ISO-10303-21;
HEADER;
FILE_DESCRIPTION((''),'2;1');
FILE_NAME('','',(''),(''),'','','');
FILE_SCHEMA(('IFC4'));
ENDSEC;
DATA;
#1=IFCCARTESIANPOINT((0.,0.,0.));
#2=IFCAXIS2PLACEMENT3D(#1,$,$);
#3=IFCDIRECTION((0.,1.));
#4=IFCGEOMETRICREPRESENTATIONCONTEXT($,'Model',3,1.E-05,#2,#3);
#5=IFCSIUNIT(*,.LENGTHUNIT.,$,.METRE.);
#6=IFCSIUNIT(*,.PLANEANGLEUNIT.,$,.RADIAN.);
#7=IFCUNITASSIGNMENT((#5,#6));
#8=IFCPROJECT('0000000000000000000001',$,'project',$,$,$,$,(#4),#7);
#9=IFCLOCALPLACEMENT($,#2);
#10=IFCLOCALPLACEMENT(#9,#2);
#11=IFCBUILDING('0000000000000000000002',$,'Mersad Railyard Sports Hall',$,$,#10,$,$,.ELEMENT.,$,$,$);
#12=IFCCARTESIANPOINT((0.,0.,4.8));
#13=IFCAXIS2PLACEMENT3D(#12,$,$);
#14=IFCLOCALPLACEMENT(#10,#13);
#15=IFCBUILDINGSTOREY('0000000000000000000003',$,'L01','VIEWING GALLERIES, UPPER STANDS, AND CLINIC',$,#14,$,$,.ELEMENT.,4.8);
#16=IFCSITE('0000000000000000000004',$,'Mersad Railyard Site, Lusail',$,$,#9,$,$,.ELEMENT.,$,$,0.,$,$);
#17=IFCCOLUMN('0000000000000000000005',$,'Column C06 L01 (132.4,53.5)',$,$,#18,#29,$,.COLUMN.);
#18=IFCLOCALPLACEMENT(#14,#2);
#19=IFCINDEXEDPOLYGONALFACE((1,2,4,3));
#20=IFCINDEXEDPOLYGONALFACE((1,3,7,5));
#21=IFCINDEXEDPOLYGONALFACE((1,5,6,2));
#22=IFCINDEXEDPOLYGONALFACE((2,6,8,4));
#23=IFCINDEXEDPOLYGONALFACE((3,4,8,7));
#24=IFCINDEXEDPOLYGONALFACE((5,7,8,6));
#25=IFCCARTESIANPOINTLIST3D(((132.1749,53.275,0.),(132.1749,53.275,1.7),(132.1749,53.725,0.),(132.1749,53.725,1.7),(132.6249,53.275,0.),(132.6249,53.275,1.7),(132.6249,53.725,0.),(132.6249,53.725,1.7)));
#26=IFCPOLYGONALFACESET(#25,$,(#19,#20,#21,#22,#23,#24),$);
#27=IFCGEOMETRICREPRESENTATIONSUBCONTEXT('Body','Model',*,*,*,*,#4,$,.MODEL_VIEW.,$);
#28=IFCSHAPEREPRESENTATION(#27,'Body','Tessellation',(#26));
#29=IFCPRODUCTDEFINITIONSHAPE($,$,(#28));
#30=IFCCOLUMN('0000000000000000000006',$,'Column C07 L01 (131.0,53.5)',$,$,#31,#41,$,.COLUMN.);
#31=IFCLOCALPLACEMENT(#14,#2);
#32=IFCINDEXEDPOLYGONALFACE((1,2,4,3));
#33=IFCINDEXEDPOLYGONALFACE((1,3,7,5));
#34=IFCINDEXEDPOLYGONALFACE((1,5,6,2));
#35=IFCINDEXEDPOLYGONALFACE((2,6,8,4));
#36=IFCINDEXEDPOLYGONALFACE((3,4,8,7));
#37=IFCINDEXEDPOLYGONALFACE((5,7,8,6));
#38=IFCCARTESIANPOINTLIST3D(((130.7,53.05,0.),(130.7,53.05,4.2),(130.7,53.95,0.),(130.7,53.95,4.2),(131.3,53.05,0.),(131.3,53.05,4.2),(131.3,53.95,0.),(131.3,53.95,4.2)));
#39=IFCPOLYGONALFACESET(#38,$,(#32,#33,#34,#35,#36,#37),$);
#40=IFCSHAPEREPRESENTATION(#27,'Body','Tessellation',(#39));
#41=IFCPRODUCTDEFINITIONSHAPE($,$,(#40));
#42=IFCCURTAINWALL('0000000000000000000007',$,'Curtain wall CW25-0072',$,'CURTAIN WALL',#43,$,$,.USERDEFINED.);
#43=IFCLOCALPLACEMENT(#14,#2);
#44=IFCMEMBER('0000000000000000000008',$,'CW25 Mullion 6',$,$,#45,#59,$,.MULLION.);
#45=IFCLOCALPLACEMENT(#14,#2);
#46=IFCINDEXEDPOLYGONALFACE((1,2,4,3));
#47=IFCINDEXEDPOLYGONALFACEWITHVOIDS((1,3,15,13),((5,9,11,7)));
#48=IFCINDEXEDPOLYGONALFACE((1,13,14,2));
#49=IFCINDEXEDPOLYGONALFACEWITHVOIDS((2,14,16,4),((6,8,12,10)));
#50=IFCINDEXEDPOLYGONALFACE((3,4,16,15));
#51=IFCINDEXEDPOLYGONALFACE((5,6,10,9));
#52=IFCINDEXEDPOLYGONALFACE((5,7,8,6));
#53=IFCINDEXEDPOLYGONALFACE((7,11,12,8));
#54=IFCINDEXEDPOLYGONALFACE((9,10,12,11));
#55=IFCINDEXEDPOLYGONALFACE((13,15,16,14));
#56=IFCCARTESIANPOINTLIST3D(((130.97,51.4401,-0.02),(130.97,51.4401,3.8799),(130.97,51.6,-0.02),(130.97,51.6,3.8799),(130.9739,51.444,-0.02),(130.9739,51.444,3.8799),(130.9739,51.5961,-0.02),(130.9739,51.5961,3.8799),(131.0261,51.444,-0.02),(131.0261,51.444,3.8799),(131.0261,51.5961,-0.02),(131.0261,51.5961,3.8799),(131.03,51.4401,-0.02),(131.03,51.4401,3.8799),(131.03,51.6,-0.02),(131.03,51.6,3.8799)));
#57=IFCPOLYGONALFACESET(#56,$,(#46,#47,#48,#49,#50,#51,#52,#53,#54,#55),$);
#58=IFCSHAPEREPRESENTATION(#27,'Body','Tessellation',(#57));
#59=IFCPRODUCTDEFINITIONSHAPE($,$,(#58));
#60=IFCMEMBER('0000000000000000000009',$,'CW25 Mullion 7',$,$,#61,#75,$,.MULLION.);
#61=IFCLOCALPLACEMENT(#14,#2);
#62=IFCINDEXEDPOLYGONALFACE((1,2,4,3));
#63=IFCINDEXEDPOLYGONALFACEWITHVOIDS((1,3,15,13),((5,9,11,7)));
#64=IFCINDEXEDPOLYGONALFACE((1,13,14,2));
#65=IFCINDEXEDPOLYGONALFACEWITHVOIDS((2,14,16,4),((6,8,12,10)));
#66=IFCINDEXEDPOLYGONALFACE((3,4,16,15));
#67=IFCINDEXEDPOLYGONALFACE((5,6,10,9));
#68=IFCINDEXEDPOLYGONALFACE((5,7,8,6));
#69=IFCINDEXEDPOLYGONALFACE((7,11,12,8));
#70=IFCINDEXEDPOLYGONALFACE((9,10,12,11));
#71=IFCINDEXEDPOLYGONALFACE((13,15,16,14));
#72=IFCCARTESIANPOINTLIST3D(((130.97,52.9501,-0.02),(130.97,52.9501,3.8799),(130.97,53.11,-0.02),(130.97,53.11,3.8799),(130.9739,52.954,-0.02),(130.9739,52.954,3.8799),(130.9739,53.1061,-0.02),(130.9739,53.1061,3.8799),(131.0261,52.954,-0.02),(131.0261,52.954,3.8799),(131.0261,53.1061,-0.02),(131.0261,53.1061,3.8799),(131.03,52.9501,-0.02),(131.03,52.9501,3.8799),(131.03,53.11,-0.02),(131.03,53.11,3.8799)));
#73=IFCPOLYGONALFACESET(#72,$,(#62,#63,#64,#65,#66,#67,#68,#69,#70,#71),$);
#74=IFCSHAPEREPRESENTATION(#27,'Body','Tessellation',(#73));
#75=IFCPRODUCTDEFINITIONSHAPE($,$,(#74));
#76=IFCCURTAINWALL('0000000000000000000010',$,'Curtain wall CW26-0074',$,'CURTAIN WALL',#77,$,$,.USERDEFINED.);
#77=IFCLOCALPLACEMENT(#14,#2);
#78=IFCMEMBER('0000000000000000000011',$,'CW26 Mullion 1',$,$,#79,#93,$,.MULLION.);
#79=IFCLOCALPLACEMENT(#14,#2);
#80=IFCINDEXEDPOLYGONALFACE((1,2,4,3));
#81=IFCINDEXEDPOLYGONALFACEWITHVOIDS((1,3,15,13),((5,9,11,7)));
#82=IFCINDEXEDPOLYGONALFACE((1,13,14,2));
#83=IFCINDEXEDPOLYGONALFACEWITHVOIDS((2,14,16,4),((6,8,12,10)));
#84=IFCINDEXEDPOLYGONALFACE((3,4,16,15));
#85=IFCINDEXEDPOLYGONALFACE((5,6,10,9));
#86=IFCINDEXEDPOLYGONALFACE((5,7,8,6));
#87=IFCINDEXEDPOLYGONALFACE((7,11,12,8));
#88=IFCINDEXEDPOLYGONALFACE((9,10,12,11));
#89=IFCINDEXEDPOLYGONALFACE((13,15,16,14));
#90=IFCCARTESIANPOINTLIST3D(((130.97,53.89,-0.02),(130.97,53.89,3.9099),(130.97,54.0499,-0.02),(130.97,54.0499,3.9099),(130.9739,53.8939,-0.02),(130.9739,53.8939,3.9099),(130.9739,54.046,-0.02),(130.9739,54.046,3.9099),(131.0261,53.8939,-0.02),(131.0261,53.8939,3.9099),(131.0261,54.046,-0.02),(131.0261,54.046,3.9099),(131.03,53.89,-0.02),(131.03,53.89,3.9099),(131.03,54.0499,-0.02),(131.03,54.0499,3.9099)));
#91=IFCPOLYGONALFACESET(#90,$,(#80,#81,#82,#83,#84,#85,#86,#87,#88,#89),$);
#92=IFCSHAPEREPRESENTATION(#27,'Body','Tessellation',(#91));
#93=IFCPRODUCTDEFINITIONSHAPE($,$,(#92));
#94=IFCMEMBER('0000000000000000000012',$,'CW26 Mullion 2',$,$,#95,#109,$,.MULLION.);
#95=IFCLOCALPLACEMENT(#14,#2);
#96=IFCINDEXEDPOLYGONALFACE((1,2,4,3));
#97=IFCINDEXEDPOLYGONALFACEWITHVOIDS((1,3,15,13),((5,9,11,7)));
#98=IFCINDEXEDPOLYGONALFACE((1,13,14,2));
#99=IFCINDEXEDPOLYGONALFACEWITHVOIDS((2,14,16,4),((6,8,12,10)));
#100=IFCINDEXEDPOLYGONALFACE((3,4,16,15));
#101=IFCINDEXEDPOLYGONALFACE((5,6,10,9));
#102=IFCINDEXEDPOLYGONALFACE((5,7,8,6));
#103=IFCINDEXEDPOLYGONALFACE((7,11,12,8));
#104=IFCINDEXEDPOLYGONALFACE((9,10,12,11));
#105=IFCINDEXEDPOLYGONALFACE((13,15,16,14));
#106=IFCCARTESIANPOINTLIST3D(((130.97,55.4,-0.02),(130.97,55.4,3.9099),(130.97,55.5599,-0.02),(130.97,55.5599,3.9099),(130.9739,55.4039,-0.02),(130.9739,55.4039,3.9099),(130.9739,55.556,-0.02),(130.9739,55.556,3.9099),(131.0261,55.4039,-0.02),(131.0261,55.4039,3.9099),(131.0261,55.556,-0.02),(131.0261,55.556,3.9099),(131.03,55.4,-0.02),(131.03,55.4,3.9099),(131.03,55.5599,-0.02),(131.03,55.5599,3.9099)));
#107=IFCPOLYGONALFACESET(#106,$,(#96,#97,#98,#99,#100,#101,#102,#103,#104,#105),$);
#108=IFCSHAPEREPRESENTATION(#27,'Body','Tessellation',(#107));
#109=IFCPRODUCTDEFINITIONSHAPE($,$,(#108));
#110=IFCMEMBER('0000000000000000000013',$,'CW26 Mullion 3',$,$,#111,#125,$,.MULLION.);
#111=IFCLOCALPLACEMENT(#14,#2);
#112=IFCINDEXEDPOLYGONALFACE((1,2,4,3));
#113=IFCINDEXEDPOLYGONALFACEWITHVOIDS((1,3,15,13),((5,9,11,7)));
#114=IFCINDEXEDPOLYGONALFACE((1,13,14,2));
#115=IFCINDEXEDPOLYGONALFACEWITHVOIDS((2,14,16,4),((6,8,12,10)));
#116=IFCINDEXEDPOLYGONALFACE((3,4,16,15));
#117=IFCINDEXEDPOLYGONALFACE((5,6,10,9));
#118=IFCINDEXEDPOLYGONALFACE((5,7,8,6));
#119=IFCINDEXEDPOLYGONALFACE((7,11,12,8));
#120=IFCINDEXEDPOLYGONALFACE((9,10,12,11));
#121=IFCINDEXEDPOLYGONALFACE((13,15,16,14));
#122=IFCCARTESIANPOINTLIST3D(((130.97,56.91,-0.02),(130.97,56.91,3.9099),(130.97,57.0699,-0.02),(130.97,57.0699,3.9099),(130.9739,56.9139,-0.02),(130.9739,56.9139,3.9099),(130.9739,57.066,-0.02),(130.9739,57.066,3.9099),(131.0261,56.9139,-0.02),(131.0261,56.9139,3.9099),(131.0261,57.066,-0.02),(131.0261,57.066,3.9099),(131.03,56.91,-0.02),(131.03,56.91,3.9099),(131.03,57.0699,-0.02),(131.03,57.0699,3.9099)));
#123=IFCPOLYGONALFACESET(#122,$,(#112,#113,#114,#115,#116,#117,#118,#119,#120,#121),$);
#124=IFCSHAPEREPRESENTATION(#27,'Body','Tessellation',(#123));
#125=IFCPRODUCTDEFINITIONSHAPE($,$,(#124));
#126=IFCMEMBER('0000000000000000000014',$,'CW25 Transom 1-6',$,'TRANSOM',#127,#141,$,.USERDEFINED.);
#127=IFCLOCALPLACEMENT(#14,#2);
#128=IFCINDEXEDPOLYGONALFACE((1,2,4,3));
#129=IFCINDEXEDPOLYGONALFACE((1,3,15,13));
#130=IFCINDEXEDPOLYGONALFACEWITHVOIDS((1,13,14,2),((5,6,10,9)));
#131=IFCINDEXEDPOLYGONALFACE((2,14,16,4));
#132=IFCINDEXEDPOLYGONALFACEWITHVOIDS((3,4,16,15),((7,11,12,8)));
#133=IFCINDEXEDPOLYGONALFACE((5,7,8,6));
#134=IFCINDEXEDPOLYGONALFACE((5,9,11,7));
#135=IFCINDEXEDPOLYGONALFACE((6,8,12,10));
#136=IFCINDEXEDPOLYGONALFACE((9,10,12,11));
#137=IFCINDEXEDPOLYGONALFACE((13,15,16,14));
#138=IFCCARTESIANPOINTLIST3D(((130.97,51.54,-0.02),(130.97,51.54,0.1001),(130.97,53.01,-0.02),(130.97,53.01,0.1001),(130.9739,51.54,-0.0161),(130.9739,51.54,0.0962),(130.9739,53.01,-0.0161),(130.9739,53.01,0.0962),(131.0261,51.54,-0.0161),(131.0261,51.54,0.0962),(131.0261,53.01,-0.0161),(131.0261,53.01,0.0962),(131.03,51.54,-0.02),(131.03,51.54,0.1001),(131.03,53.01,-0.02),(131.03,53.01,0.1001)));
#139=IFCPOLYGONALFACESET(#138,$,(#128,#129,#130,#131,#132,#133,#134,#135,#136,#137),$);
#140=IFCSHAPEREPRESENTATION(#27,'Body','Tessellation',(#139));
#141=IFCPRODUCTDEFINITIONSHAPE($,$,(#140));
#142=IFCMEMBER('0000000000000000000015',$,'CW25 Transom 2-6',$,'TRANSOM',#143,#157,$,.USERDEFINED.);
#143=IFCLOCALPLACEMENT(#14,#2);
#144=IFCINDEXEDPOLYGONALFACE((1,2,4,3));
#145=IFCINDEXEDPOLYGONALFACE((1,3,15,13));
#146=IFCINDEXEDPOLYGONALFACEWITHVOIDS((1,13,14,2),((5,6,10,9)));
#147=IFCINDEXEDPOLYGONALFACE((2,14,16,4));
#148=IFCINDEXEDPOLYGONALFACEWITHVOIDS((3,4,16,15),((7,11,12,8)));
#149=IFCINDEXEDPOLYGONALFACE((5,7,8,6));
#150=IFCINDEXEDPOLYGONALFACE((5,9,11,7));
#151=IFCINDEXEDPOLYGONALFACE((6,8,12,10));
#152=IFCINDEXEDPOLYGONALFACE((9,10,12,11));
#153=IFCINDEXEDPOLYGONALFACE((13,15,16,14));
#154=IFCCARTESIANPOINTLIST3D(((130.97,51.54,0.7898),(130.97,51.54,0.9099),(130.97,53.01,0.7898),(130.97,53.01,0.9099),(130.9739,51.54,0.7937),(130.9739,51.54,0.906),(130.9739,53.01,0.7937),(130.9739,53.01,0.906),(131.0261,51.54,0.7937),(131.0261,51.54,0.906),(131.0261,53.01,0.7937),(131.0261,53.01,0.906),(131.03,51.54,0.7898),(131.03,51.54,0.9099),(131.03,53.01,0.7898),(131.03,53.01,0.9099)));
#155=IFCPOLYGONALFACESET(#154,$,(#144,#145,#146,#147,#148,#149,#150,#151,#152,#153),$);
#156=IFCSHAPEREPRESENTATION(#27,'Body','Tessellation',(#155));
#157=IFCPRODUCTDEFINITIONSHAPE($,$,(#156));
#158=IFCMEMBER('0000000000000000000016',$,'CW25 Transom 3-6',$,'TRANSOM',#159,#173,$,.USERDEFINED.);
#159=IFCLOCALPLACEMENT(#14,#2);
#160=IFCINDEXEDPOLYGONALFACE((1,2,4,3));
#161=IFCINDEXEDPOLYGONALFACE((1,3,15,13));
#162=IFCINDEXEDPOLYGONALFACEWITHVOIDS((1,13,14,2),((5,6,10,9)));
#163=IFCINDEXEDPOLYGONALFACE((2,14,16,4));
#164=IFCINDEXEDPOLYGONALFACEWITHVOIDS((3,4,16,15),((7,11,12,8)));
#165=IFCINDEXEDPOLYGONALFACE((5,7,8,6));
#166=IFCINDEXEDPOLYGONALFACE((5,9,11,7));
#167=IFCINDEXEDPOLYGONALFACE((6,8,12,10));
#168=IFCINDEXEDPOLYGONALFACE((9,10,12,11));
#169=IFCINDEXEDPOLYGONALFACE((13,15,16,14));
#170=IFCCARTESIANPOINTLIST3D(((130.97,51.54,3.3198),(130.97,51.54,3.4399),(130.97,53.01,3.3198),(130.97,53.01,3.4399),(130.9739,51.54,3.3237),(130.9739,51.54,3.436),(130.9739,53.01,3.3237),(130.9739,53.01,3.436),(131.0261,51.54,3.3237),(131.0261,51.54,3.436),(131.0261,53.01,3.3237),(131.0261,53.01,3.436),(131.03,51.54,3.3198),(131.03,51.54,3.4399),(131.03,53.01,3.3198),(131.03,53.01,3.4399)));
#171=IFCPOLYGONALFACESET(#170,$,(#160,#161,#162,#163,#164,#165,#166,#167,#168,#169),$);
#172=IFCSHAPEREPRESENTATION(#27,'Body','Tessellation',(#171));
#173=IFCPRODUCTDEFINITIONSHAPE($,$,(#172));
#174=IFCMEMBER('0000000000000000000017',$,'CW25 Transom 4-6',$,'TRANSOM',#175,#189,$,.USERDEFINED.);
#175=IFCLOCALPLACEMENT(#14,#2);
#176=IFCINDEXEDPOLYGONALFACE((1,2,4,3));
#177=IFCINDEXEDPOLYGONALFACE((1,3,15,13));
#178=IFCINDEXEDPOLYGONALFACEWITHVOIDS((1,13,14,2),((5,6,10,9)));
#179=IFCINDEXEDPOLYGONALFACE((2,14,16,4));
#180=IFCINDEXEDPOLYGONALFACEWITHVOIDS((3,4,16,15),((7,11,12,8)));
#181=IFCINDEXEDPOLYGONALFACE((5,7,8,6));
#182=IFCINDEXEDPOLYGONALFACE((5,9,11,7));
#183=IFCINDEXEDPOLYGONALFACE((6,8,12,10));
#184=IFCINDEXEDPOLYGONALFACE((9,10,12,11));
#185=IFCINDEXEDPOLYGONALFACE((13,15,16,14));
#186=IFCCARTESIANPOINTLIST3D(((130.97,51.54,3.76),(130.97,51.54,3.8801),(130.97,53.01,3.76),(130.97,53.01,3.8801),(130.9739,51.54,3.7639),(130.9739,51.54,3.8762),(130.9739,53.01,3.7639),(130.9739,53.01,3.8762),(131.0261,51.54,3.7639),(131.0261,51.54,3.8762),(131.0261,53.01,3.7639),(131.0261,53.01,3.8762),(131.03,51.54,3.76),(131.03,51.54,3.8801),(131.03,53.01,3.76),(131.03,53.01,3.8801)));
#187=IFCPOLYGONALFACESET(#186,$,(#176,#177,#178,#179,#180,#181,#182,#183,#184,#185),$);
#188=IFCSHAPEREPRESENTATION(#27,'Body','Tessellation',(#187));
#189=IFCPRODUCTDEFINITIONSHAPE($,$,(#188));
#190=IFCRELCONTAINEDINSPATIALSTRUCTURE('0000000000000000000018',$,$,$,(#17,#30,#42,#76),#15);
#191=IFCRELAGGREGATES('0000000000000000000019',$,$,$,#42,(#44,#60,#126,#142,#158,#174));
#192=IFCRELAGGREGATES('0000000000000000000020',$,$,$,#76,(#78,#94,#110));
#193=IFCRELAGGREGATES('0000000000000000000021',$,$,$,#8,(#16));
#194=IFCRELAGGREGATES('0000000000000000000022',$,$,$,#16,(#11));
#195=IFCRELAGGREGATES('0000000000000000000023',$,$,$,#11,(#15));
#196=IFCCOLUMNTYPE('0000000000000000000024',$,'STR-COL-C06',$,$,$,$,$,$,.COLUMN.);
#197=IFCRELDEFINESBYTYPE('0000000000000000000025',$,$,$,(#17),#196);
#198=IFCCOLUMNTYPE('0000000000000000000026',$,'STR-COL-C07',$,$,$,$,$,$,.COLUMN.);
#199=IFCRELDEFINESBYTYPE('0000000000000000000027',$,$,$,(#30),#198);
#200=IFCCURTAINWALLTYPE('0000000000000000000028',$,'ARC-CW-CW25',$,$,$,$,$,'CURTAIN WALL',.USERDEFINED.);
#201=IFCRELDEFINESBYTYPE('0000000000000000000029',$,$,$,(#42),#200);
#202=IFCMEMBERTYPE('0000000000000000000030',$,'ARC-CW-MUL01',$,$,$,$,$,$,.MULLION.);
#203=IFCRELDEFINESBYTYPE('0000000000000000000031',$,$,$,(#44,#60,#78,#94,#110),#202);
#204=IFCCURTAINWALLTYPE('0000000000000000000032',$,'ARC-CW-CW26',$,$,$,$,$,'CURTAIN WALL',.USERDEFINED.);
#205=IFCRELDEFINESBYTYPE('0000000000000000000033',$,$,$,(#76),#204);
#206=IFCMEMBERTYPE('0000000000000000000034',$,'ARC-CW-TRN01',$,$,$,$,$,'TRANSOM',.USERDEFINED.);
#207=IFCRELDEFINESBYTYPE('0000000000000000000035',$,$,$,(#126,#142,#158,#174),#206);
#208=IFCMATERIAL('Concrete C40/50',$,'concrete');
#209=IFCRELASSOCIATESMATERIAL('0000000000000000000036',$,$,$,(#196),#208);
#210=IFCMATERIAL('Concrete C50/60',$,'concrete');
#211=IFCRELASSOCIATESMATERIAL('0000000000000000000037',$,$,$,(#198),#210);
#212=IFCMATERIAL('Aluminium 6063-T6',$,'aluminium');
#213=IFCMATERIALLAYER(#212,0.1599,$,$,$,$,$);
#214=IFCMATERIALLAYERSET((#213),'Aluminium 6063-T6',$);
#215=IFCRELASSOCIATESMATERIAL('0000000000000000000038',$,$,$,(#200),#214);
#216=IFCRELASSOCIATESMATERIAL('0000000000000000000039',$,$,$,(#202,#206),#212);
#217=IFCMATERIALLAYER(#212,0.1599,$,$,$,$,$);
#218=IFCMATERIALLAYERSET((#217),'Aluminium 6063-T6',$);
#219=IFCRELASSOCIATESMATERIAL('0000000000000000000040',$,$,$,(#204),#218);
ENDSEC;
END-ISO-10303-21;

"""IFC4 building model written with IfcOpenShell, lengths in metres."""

from ifc_helpers import new_model, si_unit, direction, frame, origin, origin_2d, place, context, subcontext, project, spatial, rectangle, hollow_rectangle, extrude, material, layer, layer_set, material_profile, profile_set, type_object, element, aggregate, save


model = new_model("IFC4")

# Units and contexts
model_context = context("Model", 3, precision=1e-05, world=origin(), true_north=direction((0.0, 1.0)))
body_context = subcontext(model_context, "Body", "Model", "MODEL_VIEW")
ifc_project = project(units=[si_unit("LENGTHUNIT", "METRE"), si_unit("PLANEANGLEUNIT", "RADIAN")], contexts=[model_context])

# Site, building, storey
site_placement = place(None, origin())
site = spatial("IfcSite", under=ifc_project, at=site_placement, Name="Mersad Railyard Site, Lusail", CompositionType="ELEMENT", RefElevation=0.0)
building_placement = place(site_placement, origin())
building = spatial("IfcBuilding", under=site, at=building_placement, Name="Mersad Railyard Sports Hall", CompositionType="ELEMENT")
storey_placement = place(building_placement, frame((0.0, 0.0, 4.8)))
storey = spatial("IfcBuildingStorey", under=building, at=storey_placement, Name="L01", Description="VIEWING GALLERIES, UPPER STANDS, AND CLINIC", CompositionType="ELEMENT", Elevation=4.8)

# Columns
ifc_material_1 = material(Name="Concrete C40/50", Category="concrete")
ifc_material_profile_1 = material_profile(ifc_material_1, rectangle(XDim=0.45, YDim=0.45, at=origin_2d()), Name="RC 450x450")
ifc_profile_set_1 = profile_set([ifc_material_profile_1], Name="Concrete C40/50")
column_type_1 = type_object("IfcColumnType", Name="STR-COL-C06", PredefinedType="COLUMN", material=ifc_profile_set_1)
column_1_placement = place(storey_placement, frame((132.3999, 53.5, 0.0), z_axis=(0.0, 0.0, 1.0), x_axis=(1.0, 0.0, 0.0)))
element("IfcColumn", 1, at=column_1_placement, inside=storey, type_object=column_type_1, Name="Column C06 L01 (132.4,53.5)", PredefinedType="COLUMN", context=body_context, shape_type="SweptSolid", body=[
    extrude(rectangle(XDim=0.45, YDim=0.45, at=origin_2d()), origin(), (0.0, 0.0, 1.0), 1.7),
])
ifc_material_2 = material(Name="Concrete C50/60", Category="concrete")
ifc_material_profile_2 = material_profile(ifc_material_2, rectangle(XDim=0.6001, YDim=0.8999, at=origin_2d()), Name="RC 600x900")
ifc_profile_set_2 = profile_set([ifc_material_profile_2], Name="Concrete C50/60")
column_type_2 = type_object("IfcColumnType", Name="STR-COL-C07", PredefinedType="COLUMN", material=ifc_profile_set_2)
column_2_placement = place(storey_placement, frame((131.0, 53.5, 0.0), z_axis=(0.0, 0.0, 1.0), x_axis=(1.0, 0.0, 0.0)))
element("IfcColumn", 2, at=column_2_placement, inside=storey, type_object=column_type_2, Name="Column C07 L01 (131.0,53.5)", PredefinedType="COLUMN", context=body_context, shape_type="SweptSolid", body=[
    extrude(rectangle(XDim=0.6001, YDim=0.8999, at=origin_2d()), origin(), (0.0, 0.0, 1.0), 4.2),
])

# Curtain walls, members
ifc_material_3 = material(Name="Aluminium 6063-T6", Category="aluminium")
ifc_layer_1 = layer(ifc_material_3, 0.1599)
ifc_layer_set_1 = layer_set([ifc_layer_1], Name="Aluminium 6063-T6")
curtain_wall_type_1 = type_object("IfcCurtainWallType", Name="ARC-CW-CW25", ElementType="CURTAIN WALL", PredefinedType="USERDEFINED", material=ifc_layer_set_1)
curtain_wall_1_placement = place(storey_placement, origin())
curtain_wall_1 = element("IfcCurtainWall", 3, at=curtain_wall_1_placement, inside=storey, type_object=curtain_wall_type_1, Name="Curtain wall CW25-0072", ObjectType="CURTAIN WALL", PredefinedType="USERDEFINED")
ifc_material_profile_3 = material_profile(ifc_material_3, hollow_rectangle(XDim=0.0601, YDim=0.1599, WallThickness=0.0039, at=origin_2d()), Name="AL MULLION 60x160x4")
ifc_profile_set_3 = profile_set([ifc_material_profile_3], Name="Aluminium 6063-T6")
member_type_1 = type_object("IfcMemberType", Name="ARC-CW-MUL01", PredefinedType="MULLION", material=ifc_profile_set_3)
member_1_placement = place(storey_placement, frame((131.0, 51.52, -0.02), z_axis=(0.0, 0.0, 1.0), x_axis=(1.0, 0.0, 0.0)))
member_1 = element("IfcMember", 4, at=member_1_placement, type_object=member_type_1, Name="CW25 Mullion 6", PredefinedType="MULLION", context=body_context, shape_type="SweptSolid", body=[
    extrude(hollow_rectangle(XDim=0.0601, YDim=0.1599, WallThickness=0.0039, at=origin_2d()), origin(), (0.0, 0.0, 1.0), 3.8999),
])
member_2_placement = place(storey_placement, frame((131.0, 53.03, -0.02), z_axis=(0.0, 0.0, 1.0), x_axis=(1.0, 0.0, 0.0)))
member_2 = element("IfcMember", 5, at=member_2_placement, type_object=member_type_1, Name="CW25 Mullion 7", PredefinedType="MULLION", context=body_context, shape_type="SweptSolid", body=[
    extrude(hollow_rectangle(XDim=0.0601, YDim=0.1599, WallThickness=0.0039, at=origin_2d()), origin(), (0.0, 0.0, 1.0), 3.8999),
])
ifc_layer_2 = layer(ifc_material_3, 0.1599)
ifc_layer_set_2 = layer_set([ifc_layer_2], Name="Aluminium 6063-T6")
curtain_wall_type_2 = type_object("IfcCurtainWallType", Name="ARC-CW-CW26", ElementType="CURTAIN WALL", PredefinedType="USERDEFINED", material=ifc_layer_set_2)
curtain_wall_2_placement = place(storey_placement, origin())
curtain_wall_2 = element("IfcCurtainWall", 6, at=curtain_wall_2_placement, inside=storey, type_object=curtain_wall_type_2, Name="Curtain wall CW26-0074", ObjectType="CURTAIN WALL", PredefinedType="USERDEFINED")
member_3_placement = place(storey_placement, frame((131.0, 53.97, -0.02), z_axis=(0.0, 0.0, 1.0), x_axis=(1.0, 0.0, 0.0)))
member_3 = element("IfcMember", 7, at=member_3_placement, type_object=member_type_1, Name="CW26 Mullion 1", PredefinedType="MULLION", context=body_context, shape_type="SweptSolid", body=[
    extrude(hollow_rectangle(XDim=0.0601, YDim=0.1599, WallThickness=0.0039, at=origin_2d()), origin(), (0.0, 0.0, 1.0), 3.9299),
])
member_4_placement = place(storey_placement, frame((131.0, 55.48, -0.02), z_axis=(0.0, 0.0, 1.0), x_axis=(1.0, 0.0, 0.0)))
member_4 = element("IfcMember", 8, at=member_4_placement, type_object=member_type_1, Name="CW26 Mullion 2", PredefinedType="MULLION", context=body_context, shape_type="SweptSolid", body=[
    extrude(hollow_rectangle(XDim=0.0601, YDim=0.1599, WallThickness=0.0039, at=origin_2d()), origin(), (0.0, 0.0, 1.0), 3.9299),
])
member_5_placement = place(storey_placement, frame((131.0, 56.99, -0.02), z_axis=(0.0, 0.0, 1.0), x_axis=(1.0, 0.0, 0.0)))
member_5 = element("IfcMember", 9, at=member_5_placement, type_object=member_type_1, Name="CW26 Mullion 3", PredefinedType="MULLION", context=body_context, shape_type="SweptSolid", body=[
    extrude(hollow_rectangle(XDim=0.0601, YDim=0.1599, WallThickness=0.0039, at=origin_2d()), origin(), (0.0, 0.0, 1.0), 3.9299),
])

# Members
ifc_material_profile_4 = material_profile(ifc_material_3, hollow_rectangle(XDim=0.0601, YDim=0.1201, WallThickness=0.0039, at=origin_2d()), Name="AL TRANSOM 60x120x4")
ifc_profile_set_4 = profile_set([ifc_material_profile_4], Name="Aluminium 6063-T6")
member_type_2 = type_object("IfcMemberType", Name="ARC-CW-TRN01", ElementType="TRANSOM", PredefinedType="USERDEFINED", material=ifc_profile_set_4)
member_6_placement = place(storey_placement, frame((131.0, 51.54, 0.04), z_axis=(0.0, 1.0, 0.0), x_axis=(-1.0, 0.0, 0.0)))
member_6 = element("IfcMember", 10, at=member_6_placement, type_object=member_type_2, Name="CW25 Transom 1-6", ObjectType="TRANSOM", PredefinedType="USERDEFINED", context=body_context, shape_type="SweptSolid", body=[
    extrude(hollow_rectangle(XDim=0.0601, YDim=0.1201, WallThickness=0.0039, at=origin_2d()), origin(), (0.0, 0.0, 1.0), 1.47),
])
member_7_placement = place(storey_placement, frame((131.0, 51.54, 0.8499), z_axis=(0.0, 1.0, 0.0), x_axis=(-1.0, 0.0, 0.0)))
member_7 = element("IfcMember", 11, at=member_7_placement, type_object=member_type_2, Name="CW25 Transom 2-6", ObjectType="TRANSOM", PredefinedType="USERDEFINED", context=body_context, shape_type="SweptSolid", body=[
    extrude(hollow_rectangle(XDim=0.0601, YDim=0.1201, WallThickness=0.0039, at=origin_2d()), origin(), (0.0, 0.0, 1.0), 1.47),
])
member_8_placement = place(storey_placement, frame((131.0, 51.54, 3.3799), z_axis=(0.0, 1.0, 0.0), x_axis=(-1.0, 0.0, 0.0)))
member_8 = element("IfcMember", 12, at=member_8_placement, type_object=member_type_2, Name="CW25 Transom 3-6", ObjectType="TRANSOM", PredefinedType="USERDEFINED", context=body_context, shape_type="SweptSolid", body=[
    extrude(hollow_rectangle(XDim=0.0601, YDim=0.1201, WallThickness=0.0039, at=origin_2d()), origin(), (0.0, 0.0, 1.0), 1.47),
])
member_9_placement = place(storey_placement, frame((131.0, 51.54, 3.8201), z_axis=(0.0, 1.0, 0.0), x_axis=(-1.0, 0.0, 0.0)))
member_9 = element("IfcMember", 13, at=member_9_placement, type_object=member_type_2, Name="CW25 Transom 4-6", ObjectType="TRANSOM", PredefinedType="USERDEFINED", context=body_context, shape_type="SweptSolid", body=[
    extrude(hollow_rectangle(XDim=0.0601, YDim=0.1201, WallThickness=0.0039, at=origin_2d()), origin(), (0.0, 0.0, 1.0), 1.47),
])

aggregate(curtain_wall_1, [member_1, member_2, member_6, member_7, member_8, member_9])
aggregate(curtain_wall_2, [member_3, member_4, member_5])

save(model, "model.ifc")
